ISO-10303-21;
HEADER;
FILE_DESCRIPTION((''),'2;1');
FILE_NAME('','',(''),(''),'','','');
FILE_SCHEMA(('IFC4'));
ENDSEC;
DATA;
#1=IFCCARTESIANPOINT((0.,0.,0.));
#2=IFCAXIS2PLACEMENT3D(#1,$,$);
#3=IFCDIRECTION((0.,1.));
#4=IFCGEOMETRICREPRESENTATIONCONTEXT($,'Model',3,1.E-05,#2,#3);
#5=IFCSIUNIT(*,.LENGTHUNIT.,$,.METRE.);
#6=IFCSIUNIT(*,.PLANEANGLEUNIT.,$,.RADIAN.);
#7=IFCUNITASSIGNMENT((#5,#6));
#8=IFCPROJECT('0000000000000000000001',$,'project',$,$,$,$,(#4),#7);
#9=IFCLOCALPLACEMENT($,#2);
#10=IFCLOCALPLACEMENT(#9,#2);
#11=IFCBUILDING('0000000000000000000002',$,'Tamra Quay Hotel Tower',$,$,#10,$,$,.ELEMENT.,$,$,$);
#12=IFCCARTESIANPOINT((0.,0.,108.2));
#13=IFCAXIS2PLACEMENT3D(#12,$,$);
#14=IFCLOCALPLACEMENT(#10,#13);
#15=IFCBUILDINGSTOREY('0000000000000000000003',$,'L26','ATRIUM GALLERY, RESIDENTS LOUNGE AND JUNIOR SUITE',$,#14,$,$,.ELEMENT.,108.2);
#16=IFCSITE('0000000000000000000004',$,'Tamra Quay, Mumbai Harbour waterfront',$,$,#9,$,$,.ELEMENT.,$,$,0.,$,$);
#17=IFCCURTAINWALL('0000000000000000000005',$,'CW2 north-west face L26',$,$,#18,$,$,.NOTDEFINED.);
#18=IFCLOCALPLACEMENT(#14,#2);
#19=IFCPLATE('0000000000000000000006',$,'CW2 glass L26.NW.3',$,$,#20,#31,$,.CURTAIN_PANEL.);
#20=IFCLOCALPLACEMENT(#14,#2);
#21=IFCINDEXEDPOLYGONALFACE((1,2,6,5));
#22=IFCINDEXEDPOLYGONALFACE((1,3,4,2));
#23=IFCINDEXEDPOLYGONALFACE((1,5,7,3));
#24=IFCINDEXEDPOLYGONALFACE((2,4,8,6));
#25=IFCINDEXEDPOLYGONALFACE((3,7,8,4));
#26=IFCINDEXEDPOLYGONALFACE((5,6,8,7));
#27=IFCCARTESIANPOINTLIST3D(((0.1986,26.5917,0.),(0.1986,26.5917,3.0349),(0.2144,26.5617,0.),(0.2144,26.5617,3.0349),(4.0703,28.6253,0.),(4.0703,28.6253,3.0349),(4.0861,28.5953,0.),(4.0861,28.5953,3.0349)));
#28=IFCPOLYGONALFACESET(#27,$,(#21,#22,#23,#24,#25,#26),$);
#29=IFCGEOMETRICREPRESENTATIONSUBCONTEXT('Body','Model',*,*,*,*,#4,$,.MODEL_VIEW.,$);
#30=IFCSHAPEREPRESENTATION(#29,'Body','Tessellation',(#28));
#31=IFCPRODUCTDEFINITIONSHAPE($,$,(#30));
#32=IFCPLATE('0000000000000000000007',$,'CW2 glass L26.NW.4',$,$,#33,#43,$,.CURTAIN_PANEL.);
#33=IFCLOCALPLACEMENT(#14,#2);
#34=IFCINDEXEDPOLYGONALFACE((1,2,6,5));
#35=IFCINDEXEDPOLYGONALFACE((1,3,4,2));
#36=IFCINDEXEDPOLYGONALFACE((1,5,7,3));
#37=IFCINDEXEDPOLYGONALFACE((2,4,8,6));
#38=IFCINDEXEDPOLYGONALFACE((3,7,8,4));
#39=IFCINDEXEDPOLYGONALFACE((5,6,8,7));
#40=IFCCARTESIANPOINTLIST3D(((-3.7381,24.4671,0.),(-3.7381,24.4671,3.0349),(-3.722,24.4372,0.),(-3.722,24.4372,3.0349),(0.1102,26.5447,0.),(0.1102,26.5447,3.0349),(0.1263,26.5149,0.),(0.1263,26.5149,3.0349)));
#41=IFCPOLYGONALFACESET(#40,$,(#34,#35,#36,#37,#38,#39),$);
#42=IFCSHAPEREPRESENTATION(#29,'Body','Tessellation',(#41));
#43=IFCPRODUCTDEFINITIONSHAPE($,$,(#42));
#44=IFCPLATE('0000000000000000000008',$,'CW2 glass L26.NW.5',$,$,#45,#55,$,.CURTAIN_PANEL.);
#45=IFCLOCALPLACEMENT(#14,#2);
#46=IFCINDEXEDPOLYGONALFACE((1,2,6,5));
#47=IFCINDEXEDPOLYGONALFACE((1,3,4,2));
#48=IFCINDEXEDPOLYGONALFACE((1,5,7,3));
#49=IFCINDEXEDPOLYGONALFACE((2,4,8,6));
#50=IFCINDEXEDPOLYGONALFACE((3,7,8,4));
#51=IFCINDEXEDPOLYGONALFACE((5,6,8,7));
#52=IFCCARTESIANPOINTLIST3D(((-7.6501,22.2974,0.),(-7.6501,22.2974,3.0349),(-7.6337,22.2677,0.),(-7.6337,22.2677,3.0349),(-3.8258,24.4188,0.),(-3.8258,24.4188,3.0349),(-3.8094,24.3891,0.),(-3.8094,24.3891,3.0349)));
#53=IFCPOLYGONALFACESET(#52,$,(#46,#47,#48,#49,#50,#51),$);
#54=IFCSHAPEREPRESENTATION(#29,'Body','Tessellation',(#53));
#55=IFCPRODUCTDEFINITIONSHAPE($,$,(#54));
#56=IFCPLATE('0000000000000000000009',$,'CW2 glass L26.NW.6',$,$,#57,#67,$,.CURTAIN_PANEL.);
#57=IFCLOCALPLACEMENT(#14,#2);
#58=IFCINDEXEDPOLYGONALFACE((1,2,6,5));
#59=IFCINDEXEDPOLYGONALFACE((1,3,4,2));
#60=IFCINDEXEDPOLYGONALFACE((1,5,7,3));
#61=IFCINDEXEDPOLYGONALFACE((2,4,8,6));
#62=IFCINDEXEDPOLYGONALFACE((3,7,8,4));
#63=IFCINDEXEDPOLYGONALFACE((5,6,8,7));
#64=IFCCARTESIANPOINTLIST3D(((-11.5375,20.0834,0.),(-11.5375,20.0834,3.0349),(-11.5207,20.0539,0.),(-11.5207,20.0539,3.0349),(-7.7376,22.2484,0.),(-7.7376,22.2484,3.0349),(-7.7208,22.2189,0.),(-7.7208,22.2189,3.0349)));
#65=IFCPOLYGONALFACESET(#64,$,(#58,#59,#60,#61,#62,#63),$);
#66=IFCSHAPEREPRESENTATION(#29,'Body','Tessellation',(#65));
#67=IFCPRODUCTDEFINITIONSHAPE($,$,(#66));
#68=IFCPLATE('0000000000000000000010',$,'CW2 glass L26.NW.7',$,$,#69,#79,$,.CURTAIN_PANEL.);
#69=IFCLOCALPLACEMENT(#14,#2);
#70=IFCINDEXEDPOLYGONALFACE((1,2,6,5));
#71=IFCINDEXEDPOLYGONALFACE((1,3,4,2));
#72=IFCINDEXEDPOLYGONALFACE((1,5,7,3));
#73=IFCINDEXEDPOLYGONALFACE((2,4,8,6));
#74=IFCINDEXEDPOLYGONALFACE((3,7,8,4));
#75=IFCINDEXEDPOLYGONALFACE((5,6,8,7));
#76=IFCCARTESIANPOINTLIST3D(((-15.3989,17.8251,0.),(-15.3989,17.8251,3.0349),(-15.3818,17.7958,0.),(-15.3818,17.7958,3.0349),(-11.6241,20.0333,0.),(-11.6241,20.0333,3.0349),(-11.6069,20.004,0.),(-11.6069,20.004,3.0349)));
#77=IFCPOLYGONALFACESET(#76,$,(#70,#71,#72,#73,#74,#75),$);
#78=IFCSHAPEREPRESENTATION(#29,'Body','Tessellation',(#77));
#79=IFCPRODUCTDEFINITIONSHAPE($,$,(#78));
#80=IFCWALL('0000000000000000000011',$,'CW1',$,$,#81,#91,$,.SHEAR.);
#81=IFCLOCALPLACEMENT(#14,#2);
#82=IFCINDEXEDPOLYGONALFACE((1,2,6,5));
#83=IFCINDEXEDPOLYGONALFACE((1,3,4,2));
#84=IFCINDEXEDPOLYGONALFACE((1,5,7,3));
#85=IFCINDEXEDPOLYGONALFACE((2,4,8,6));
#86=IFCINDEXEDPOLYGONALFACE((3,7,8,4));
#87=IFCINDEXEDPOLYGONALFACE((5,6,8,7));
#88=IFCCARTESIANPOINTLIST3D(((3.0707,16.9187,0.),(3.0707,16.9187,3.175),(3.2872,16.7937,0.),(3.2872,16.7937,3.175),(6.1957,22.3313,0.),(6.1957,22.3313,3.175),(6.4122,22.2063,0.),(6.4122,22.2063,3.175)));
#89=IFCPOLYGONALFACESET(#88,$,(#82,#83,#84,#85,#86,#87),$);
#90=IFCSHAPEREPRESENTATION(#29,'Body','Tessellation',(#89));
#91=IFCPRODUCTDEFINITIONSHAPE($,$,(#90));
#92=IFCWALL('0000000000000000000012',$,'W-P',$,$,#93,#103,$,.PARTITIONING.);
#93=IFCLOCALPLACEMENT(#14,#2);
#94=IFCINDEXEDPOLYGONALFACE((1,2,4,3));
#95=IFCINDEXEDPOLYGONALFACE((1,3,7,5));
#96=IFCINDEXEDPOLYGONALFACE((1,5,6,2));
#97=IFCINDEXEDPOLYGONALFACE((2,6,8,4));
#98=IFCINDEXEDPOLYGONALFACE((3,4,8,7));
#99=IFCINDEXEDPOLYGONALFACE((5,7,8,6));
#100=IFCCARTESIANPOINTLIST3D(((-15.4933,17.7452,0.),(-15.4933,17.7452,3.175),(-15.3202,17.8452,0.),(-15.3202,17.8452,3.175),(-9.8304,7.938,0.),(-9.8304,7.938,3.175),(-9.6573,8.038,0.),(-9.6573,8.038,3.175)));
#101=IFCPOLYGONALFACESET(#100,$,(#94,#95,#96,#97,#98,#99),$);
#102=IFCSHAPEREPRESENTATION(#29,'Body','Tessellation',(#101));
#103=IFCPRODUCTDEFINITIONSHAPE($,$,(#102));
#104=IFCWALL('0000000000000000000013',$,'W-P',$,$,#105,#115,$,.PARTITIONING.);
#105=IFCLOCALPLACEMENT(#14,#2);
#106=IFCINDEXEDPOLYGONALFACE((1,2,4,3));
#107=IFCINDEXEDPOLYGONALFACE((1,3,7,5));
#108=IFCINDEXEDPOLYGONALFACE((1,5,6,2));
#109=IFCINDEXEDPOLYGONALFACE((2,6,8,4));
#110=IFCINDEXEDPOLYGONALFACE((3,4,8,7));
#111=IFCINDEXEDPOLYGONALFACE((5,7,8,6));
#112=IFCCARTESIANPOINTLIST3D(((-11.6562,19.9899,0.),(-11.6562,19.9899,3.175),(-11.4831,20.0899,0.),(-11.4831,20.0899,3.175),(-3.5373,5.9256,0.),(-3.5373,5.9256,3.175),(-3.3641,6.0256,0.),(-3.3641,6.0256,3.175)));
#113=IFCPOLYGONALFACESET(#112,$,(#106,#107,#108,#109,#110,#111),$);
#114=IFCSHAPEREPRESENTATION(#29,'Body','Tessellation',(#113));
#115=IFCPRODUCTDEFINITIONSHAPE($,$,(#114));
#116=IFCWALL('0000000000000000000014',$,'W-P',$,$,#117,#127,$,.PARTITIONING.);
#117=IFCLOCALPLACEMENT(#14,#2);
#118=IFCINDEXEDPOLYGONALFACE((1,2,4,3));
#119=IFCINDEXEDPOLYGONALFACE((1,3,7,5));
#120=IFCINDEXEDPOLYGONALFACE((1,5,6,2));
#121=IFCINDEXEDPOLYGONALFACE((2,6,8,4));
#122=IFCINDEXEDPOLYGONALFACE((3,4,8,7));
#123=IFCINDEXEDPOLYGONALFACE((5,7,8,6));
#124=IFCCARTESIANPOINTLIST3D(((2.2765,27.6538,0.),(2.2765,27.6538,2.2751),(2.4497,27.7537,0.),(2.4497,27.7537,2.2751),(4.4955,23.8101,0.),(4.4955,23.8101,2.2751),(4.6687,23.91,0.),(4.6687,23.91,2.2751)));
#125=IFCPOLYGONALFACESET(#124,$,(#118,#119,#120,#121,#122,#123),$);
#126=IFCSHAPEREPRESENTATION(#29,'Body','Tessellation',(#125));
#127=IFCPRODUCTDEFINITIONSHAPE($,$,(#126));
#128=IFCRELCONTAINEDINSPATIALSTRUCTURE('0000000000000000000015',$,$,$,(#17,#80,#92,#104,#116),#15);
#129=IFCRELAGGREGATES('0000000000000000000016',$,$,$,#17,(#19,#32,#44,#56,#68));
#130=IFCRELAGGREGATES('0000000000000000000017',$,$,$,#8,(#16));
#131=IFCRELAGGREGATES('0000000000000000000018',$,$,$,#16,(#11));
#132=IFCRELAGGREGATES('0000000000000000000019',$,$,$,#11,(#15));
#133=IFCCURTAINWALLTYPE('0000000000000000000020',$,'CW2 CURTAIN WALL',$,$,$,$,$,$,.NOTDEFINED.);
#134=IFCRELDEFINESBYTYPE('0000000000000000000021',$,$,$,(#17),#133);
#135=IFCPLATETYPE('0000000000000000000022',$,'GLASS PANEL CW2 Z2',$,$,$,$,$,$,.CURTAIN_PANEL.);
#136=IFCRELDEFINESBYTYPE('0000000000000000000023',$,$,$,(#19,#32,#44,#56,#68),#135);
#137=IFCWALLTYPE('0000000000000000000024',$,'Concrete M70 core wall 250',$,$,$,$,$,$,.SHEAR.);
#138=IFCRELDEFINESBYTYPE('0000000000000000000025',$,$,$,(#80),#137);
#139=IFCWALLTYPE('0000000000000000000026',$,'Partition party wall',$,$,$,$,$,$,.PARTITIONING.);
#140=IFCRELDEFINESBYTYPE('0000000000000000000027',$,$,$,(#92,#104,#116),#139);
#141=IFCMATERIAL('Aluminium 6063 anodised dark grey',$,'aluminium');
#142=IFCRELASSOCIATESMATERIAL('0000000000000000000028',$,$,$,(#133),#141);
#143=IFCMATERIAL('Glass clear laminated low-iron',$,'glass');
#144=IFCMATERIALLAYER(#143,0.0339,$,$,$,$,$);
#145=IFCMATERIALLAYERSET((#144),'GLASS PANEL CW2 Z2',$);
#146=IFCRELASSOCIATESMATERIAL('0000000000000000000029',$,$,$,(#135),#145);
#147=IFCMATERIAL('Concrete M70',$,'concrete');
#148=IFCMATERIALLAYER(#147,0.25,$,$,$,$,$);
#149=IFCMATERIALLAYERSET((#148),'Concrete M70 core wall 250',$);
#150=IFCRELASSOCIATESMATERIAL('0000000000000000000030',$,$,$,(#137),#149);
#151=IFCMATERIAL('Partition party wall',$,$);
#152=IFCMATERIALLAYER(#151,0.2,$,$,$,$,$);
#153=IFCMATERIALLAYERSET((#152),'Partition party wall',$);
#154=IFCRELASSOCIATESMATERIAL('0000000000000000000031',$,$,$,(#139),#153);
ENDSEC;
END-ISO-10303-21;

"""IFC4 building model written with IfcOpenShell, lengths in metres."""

from ifc_helpers import new_model, si_unit, direction, frame, frame_2d, origin, origin_2d, place, context, subcontext, project, spatial, rectangle, extrude, material, layer, layer_set, type_object, element, aggregate, save


model = new_model("IFC4")

# Units and contexts
model_context = context("Model", 3, precision=1e-05, world=origin(), true_north=direction((0.0, 1.0)))
body_context = subcontext(model_context, "Body", "Model", "MODEL_VIEW")
ifc_project = project(units=[si_unit("LENGTHUNIT", "METRE"), si_unit("PLANEANGLEUNIT", "RADIAN")], contexts=[model_context])

# Site, building, storey
site_placement = place(None, origin())
site = spatial("IfcSite", under=ifc_project, at=site_placement, Name="Tamra Quay, Mumbai Harbour waterfront", CompositionType="ELEMENT", RefElevation=0.0)
building_placement = place(site_placement, origin())
building = spatial("IfcBuilding", under=site, at=building_placement, Name="Tamra Quay Hotel Tower", CompositionType="ELEMENT")
storey_placement = place(building_placement, frame((0.0, 0.0, 108.2)))
storey = spatial("IfcBuildingStorey", under=building, at=storey_placement, Name="L26", Description="ATRIUM GALLERY, RESIDENTS LOUNGE AND JUNIOR SUITE", CompositionType="ELEMENT", Elevation=108.2)

# Shared definitions
ifc_material_1 = material(Name="Concrete M70", Category="concrete")

# Curtain wall
ifc_material_2 = material(Name="Aluminium 6063 anodised dark grey", Category="aluminium")
curtain_wall_type = type_object("IfcCurtainWallType", Name="CW2 CURTAIN WALL", PredefinedType="NOTDEFINED", material=ifc_material_2)
curtain_wall_placement = place(storey_placement, origin())
curtain_wall = element("IfcCurtainWall", 1, at=curtain_wall_placement, inside=storey, type_object=curtain_wall_type, Name="CW2 north-west face L26", PredefinedType="NOTDEFINED")

# Plates
ifc_material_3 = material(Name="Glass clear laminated low-iron", Category="glass")
ifc_layer_1 = layer(ifc_material_3, 0.0339)
ifc_layer_set_1 = layer_set([ifc_layer_1], Name="GLASS PANEL CW2 Z2")
plate_type = type_object("IfcPlateType", Name="GLASS PANEL CW2 Z2", PredefinedType="CURTAIN_PANEL", material=ifc_layer_set_1)
plate_1_placement = place(storey_placement, frame((2.1423, 27.5935, 0.0), z_axis=(0.0, 0.0, 1.0), x_axis=(-0.885306, -0.465009, 0.0)))
plate_1 = element("IfcPlate", 2, at=plate_1_placement, type_object=plate_type, Name="CW2 glass L26.NW.3", PredefinedType="CURTAIN_PANEL", context=body_context, shape_type="SweptSolid", body=[
    extrude(rectangle(XDim=4.3733, YDim=0.0339, at=origin_2d()), origin(), (0.0, 0.0, 1.0), 3.0349),
])
plate_2_placement = place(storey_placement, frame((-1.8059, 25.491, 0.0), z_axis=(0.0, 0.0, 1.0), x_axis=(-0.879946, -0.475074, 0.0)))
plate_2 = element("IfcPlate", 3, at=plate_2_placement, type_object=plate_type, Name="CW2 glass L26.NW.4", PredefinedType="CURTAIN_PANEL", context=body_context, shape_type="SweptSolid", body=[
    extrude(rectangle(XDim=4.3733, YDim=0.0339, at=origin_2d()), origin(), (0.0, 0.0, 1.0), 3.0349),
])
plate_3_placement = place(storey_placement, frame((-5.7297, 23.3433, 0.0), z_axis=(0.0, 0.0, 1.0), x_axis=(-0.874465, -0.485088, 0.0)))
plate_3 = element("IfcPlate", 4, at=plate_3_placement, type_object=plate_type, Name="CW2 glass L26.NW.5", PredefinedType="CURTAIN_PANEL", context=body_context, shape_type="SweptSolid", body=[
    extrude(rectangle(XDim=4.3733, YDim=0.0339, at=origin_2d()), origin(), (0.0, 0.0, 1.0), 3.0349),
])
plate_4_placement = place(storey_placement, frame((-9.6292, 21.1511, 0.0), z_axis=(0.0, 0.0, 1.0), x_axis=(-0.868868, -0.495045, 0.0)))
plate_4 = element("IfcPlate", 5, at=plate_4_placement, type_object=plate_type, Name="CW2 glass L26.NW.6", PredefinedType="CURTAIN_PANEL", context=body_context, shape_type="SweptSolid", body=[
    extrude(rectangle(XDim=4.3733, YDim=0.0339, at=origin_2d()), origin(), (0.0, 0.0, 1.0), 3.0349),
])
plate_5_placement = place(storey_placement, frame((-13.5029, 18.9146, 0.0), z_axis=(0.0, 0.0, 1.0), x_axis=(-0.863155, -0.504939, 0.0)))
plate_5 = element("IfcPlate", 6, at=plate_5_placement, type_object=plate_type, Name="CW2 glass L26.NW.7", PredefinedType="CURTAIN_PANEL", context=body_context, shape_type="SweptSolid", body=[
    extrude(rectangle(XDim=4.3733, YDim=0.0339, at=origin_2d()), origin(), (0.0, 0.0, 1.0), 3.0349),
])
aggregate(curtain_wall, [plate_1, plate_2, plate_3, plate_4, plate_5])

# Walls
ifc_layer_2 = layer(ifc_material_1, 0.25)
ifc_layer_set_2 = layer_set([ifc_layer_2], Name="Concrete M70 core wall 250")
wall_type_1 = type_object("IfcWallType", Name="Concrete M70 core wall 250", PredefinedType="SHEAR", material=ifc_layer_set_2)
wall_1_placement = place(storey_placement, frame((3.179, 16.8562, 0.0), z_axis=(0.0, 0.0, 1.0), x_axis=(0.500004, 0.866023, 0.0)))
element("IfcWall", 7, at=wall_1_placement, inside=storey, type_object=wall_type_1, Name="CW1", PredefinedType="SHEAR", context=body_context, shape_type="SweptSolid", body=[
    extrude(rectangle(XDim=6.25, YDim=0.25, at=frame_2d((3.125, 0.0))), origin(), (0.0, 0.0, 1.0), 3.175),
])
ifc_material_4 = material(Name="Partition party wall")
ifc_layer_3 = layer(ifc_material_4, 0.2)
ifc_layer_set_3 = layer_set([ifc_layer_3], Name="Partition party wall")
wall_type_2 = type_object("IfcWallType", Name="Partition party wall", PredefinedType="PARTITIONING", material=ifc_layer_set_3)
wall_2_placement = place(storey_placement, frame((-15.4067, 17.7952, 0.0), z_axis=(0.0, 0.0, 1.0), x_axis=(0.500046, -0.865999, 0.0)))
element("IfcWall", 8, at=wall_2_placement, inside=storey, type_object=wall_type_2, Name="W-P", PredefinedType="PARTITIONING", context=body_context, shape_type="SweptSolid", body=[
    extrude(rectangle(XDim=11.3247, YDim=0.2, at=frame_2d((5.6624, 0.0))), origin(), (0.0, 0.0, 1.0), 3.175),
])
wall_3_placement = place(storey_placement, frame((-11.5696, 20.0398, 0.0), z_axis=(0.0, 0.0, 1.0), x_axis=(0.49995, -0.866054, 0.0)))
element("IfcWall", 9, at=wall_3_placement, inside=storey, type_object=wall_type_2, Name="W-P", PredefinedType="PARTITIONING", context=body_context, shape_type="SweptSolid", body=[
    extrude(rectangle(XDim=16.2395, YDim=0.2, at=frame_2d((8.1196, 0.0))), origin(), (0.0, 0.0, 1.0), 3.175),
])
wall_4_placement = place(storey_placement, frame((2.363, 27.7039, 0.0), z_axis=(0.0, 0.0, 1.0), x_axis=(0.499967, -0.866045, 0.0)))
element("IfcWall", 10, at=wall_4_placement, inside=storey, type_object=wall_type_2, Name="W-P", PredefinedType="PARTITIONING", context=body_context, shape_type="SweptSolid", body=[
    extrude(rectangle(XDim=4.4382, YDim=0.2, at=frame_2d((2.2192, 0.0))), origin(), (0.0, 0.0, 1.0), 2.2751),
])

save(model, "model.ifc")
